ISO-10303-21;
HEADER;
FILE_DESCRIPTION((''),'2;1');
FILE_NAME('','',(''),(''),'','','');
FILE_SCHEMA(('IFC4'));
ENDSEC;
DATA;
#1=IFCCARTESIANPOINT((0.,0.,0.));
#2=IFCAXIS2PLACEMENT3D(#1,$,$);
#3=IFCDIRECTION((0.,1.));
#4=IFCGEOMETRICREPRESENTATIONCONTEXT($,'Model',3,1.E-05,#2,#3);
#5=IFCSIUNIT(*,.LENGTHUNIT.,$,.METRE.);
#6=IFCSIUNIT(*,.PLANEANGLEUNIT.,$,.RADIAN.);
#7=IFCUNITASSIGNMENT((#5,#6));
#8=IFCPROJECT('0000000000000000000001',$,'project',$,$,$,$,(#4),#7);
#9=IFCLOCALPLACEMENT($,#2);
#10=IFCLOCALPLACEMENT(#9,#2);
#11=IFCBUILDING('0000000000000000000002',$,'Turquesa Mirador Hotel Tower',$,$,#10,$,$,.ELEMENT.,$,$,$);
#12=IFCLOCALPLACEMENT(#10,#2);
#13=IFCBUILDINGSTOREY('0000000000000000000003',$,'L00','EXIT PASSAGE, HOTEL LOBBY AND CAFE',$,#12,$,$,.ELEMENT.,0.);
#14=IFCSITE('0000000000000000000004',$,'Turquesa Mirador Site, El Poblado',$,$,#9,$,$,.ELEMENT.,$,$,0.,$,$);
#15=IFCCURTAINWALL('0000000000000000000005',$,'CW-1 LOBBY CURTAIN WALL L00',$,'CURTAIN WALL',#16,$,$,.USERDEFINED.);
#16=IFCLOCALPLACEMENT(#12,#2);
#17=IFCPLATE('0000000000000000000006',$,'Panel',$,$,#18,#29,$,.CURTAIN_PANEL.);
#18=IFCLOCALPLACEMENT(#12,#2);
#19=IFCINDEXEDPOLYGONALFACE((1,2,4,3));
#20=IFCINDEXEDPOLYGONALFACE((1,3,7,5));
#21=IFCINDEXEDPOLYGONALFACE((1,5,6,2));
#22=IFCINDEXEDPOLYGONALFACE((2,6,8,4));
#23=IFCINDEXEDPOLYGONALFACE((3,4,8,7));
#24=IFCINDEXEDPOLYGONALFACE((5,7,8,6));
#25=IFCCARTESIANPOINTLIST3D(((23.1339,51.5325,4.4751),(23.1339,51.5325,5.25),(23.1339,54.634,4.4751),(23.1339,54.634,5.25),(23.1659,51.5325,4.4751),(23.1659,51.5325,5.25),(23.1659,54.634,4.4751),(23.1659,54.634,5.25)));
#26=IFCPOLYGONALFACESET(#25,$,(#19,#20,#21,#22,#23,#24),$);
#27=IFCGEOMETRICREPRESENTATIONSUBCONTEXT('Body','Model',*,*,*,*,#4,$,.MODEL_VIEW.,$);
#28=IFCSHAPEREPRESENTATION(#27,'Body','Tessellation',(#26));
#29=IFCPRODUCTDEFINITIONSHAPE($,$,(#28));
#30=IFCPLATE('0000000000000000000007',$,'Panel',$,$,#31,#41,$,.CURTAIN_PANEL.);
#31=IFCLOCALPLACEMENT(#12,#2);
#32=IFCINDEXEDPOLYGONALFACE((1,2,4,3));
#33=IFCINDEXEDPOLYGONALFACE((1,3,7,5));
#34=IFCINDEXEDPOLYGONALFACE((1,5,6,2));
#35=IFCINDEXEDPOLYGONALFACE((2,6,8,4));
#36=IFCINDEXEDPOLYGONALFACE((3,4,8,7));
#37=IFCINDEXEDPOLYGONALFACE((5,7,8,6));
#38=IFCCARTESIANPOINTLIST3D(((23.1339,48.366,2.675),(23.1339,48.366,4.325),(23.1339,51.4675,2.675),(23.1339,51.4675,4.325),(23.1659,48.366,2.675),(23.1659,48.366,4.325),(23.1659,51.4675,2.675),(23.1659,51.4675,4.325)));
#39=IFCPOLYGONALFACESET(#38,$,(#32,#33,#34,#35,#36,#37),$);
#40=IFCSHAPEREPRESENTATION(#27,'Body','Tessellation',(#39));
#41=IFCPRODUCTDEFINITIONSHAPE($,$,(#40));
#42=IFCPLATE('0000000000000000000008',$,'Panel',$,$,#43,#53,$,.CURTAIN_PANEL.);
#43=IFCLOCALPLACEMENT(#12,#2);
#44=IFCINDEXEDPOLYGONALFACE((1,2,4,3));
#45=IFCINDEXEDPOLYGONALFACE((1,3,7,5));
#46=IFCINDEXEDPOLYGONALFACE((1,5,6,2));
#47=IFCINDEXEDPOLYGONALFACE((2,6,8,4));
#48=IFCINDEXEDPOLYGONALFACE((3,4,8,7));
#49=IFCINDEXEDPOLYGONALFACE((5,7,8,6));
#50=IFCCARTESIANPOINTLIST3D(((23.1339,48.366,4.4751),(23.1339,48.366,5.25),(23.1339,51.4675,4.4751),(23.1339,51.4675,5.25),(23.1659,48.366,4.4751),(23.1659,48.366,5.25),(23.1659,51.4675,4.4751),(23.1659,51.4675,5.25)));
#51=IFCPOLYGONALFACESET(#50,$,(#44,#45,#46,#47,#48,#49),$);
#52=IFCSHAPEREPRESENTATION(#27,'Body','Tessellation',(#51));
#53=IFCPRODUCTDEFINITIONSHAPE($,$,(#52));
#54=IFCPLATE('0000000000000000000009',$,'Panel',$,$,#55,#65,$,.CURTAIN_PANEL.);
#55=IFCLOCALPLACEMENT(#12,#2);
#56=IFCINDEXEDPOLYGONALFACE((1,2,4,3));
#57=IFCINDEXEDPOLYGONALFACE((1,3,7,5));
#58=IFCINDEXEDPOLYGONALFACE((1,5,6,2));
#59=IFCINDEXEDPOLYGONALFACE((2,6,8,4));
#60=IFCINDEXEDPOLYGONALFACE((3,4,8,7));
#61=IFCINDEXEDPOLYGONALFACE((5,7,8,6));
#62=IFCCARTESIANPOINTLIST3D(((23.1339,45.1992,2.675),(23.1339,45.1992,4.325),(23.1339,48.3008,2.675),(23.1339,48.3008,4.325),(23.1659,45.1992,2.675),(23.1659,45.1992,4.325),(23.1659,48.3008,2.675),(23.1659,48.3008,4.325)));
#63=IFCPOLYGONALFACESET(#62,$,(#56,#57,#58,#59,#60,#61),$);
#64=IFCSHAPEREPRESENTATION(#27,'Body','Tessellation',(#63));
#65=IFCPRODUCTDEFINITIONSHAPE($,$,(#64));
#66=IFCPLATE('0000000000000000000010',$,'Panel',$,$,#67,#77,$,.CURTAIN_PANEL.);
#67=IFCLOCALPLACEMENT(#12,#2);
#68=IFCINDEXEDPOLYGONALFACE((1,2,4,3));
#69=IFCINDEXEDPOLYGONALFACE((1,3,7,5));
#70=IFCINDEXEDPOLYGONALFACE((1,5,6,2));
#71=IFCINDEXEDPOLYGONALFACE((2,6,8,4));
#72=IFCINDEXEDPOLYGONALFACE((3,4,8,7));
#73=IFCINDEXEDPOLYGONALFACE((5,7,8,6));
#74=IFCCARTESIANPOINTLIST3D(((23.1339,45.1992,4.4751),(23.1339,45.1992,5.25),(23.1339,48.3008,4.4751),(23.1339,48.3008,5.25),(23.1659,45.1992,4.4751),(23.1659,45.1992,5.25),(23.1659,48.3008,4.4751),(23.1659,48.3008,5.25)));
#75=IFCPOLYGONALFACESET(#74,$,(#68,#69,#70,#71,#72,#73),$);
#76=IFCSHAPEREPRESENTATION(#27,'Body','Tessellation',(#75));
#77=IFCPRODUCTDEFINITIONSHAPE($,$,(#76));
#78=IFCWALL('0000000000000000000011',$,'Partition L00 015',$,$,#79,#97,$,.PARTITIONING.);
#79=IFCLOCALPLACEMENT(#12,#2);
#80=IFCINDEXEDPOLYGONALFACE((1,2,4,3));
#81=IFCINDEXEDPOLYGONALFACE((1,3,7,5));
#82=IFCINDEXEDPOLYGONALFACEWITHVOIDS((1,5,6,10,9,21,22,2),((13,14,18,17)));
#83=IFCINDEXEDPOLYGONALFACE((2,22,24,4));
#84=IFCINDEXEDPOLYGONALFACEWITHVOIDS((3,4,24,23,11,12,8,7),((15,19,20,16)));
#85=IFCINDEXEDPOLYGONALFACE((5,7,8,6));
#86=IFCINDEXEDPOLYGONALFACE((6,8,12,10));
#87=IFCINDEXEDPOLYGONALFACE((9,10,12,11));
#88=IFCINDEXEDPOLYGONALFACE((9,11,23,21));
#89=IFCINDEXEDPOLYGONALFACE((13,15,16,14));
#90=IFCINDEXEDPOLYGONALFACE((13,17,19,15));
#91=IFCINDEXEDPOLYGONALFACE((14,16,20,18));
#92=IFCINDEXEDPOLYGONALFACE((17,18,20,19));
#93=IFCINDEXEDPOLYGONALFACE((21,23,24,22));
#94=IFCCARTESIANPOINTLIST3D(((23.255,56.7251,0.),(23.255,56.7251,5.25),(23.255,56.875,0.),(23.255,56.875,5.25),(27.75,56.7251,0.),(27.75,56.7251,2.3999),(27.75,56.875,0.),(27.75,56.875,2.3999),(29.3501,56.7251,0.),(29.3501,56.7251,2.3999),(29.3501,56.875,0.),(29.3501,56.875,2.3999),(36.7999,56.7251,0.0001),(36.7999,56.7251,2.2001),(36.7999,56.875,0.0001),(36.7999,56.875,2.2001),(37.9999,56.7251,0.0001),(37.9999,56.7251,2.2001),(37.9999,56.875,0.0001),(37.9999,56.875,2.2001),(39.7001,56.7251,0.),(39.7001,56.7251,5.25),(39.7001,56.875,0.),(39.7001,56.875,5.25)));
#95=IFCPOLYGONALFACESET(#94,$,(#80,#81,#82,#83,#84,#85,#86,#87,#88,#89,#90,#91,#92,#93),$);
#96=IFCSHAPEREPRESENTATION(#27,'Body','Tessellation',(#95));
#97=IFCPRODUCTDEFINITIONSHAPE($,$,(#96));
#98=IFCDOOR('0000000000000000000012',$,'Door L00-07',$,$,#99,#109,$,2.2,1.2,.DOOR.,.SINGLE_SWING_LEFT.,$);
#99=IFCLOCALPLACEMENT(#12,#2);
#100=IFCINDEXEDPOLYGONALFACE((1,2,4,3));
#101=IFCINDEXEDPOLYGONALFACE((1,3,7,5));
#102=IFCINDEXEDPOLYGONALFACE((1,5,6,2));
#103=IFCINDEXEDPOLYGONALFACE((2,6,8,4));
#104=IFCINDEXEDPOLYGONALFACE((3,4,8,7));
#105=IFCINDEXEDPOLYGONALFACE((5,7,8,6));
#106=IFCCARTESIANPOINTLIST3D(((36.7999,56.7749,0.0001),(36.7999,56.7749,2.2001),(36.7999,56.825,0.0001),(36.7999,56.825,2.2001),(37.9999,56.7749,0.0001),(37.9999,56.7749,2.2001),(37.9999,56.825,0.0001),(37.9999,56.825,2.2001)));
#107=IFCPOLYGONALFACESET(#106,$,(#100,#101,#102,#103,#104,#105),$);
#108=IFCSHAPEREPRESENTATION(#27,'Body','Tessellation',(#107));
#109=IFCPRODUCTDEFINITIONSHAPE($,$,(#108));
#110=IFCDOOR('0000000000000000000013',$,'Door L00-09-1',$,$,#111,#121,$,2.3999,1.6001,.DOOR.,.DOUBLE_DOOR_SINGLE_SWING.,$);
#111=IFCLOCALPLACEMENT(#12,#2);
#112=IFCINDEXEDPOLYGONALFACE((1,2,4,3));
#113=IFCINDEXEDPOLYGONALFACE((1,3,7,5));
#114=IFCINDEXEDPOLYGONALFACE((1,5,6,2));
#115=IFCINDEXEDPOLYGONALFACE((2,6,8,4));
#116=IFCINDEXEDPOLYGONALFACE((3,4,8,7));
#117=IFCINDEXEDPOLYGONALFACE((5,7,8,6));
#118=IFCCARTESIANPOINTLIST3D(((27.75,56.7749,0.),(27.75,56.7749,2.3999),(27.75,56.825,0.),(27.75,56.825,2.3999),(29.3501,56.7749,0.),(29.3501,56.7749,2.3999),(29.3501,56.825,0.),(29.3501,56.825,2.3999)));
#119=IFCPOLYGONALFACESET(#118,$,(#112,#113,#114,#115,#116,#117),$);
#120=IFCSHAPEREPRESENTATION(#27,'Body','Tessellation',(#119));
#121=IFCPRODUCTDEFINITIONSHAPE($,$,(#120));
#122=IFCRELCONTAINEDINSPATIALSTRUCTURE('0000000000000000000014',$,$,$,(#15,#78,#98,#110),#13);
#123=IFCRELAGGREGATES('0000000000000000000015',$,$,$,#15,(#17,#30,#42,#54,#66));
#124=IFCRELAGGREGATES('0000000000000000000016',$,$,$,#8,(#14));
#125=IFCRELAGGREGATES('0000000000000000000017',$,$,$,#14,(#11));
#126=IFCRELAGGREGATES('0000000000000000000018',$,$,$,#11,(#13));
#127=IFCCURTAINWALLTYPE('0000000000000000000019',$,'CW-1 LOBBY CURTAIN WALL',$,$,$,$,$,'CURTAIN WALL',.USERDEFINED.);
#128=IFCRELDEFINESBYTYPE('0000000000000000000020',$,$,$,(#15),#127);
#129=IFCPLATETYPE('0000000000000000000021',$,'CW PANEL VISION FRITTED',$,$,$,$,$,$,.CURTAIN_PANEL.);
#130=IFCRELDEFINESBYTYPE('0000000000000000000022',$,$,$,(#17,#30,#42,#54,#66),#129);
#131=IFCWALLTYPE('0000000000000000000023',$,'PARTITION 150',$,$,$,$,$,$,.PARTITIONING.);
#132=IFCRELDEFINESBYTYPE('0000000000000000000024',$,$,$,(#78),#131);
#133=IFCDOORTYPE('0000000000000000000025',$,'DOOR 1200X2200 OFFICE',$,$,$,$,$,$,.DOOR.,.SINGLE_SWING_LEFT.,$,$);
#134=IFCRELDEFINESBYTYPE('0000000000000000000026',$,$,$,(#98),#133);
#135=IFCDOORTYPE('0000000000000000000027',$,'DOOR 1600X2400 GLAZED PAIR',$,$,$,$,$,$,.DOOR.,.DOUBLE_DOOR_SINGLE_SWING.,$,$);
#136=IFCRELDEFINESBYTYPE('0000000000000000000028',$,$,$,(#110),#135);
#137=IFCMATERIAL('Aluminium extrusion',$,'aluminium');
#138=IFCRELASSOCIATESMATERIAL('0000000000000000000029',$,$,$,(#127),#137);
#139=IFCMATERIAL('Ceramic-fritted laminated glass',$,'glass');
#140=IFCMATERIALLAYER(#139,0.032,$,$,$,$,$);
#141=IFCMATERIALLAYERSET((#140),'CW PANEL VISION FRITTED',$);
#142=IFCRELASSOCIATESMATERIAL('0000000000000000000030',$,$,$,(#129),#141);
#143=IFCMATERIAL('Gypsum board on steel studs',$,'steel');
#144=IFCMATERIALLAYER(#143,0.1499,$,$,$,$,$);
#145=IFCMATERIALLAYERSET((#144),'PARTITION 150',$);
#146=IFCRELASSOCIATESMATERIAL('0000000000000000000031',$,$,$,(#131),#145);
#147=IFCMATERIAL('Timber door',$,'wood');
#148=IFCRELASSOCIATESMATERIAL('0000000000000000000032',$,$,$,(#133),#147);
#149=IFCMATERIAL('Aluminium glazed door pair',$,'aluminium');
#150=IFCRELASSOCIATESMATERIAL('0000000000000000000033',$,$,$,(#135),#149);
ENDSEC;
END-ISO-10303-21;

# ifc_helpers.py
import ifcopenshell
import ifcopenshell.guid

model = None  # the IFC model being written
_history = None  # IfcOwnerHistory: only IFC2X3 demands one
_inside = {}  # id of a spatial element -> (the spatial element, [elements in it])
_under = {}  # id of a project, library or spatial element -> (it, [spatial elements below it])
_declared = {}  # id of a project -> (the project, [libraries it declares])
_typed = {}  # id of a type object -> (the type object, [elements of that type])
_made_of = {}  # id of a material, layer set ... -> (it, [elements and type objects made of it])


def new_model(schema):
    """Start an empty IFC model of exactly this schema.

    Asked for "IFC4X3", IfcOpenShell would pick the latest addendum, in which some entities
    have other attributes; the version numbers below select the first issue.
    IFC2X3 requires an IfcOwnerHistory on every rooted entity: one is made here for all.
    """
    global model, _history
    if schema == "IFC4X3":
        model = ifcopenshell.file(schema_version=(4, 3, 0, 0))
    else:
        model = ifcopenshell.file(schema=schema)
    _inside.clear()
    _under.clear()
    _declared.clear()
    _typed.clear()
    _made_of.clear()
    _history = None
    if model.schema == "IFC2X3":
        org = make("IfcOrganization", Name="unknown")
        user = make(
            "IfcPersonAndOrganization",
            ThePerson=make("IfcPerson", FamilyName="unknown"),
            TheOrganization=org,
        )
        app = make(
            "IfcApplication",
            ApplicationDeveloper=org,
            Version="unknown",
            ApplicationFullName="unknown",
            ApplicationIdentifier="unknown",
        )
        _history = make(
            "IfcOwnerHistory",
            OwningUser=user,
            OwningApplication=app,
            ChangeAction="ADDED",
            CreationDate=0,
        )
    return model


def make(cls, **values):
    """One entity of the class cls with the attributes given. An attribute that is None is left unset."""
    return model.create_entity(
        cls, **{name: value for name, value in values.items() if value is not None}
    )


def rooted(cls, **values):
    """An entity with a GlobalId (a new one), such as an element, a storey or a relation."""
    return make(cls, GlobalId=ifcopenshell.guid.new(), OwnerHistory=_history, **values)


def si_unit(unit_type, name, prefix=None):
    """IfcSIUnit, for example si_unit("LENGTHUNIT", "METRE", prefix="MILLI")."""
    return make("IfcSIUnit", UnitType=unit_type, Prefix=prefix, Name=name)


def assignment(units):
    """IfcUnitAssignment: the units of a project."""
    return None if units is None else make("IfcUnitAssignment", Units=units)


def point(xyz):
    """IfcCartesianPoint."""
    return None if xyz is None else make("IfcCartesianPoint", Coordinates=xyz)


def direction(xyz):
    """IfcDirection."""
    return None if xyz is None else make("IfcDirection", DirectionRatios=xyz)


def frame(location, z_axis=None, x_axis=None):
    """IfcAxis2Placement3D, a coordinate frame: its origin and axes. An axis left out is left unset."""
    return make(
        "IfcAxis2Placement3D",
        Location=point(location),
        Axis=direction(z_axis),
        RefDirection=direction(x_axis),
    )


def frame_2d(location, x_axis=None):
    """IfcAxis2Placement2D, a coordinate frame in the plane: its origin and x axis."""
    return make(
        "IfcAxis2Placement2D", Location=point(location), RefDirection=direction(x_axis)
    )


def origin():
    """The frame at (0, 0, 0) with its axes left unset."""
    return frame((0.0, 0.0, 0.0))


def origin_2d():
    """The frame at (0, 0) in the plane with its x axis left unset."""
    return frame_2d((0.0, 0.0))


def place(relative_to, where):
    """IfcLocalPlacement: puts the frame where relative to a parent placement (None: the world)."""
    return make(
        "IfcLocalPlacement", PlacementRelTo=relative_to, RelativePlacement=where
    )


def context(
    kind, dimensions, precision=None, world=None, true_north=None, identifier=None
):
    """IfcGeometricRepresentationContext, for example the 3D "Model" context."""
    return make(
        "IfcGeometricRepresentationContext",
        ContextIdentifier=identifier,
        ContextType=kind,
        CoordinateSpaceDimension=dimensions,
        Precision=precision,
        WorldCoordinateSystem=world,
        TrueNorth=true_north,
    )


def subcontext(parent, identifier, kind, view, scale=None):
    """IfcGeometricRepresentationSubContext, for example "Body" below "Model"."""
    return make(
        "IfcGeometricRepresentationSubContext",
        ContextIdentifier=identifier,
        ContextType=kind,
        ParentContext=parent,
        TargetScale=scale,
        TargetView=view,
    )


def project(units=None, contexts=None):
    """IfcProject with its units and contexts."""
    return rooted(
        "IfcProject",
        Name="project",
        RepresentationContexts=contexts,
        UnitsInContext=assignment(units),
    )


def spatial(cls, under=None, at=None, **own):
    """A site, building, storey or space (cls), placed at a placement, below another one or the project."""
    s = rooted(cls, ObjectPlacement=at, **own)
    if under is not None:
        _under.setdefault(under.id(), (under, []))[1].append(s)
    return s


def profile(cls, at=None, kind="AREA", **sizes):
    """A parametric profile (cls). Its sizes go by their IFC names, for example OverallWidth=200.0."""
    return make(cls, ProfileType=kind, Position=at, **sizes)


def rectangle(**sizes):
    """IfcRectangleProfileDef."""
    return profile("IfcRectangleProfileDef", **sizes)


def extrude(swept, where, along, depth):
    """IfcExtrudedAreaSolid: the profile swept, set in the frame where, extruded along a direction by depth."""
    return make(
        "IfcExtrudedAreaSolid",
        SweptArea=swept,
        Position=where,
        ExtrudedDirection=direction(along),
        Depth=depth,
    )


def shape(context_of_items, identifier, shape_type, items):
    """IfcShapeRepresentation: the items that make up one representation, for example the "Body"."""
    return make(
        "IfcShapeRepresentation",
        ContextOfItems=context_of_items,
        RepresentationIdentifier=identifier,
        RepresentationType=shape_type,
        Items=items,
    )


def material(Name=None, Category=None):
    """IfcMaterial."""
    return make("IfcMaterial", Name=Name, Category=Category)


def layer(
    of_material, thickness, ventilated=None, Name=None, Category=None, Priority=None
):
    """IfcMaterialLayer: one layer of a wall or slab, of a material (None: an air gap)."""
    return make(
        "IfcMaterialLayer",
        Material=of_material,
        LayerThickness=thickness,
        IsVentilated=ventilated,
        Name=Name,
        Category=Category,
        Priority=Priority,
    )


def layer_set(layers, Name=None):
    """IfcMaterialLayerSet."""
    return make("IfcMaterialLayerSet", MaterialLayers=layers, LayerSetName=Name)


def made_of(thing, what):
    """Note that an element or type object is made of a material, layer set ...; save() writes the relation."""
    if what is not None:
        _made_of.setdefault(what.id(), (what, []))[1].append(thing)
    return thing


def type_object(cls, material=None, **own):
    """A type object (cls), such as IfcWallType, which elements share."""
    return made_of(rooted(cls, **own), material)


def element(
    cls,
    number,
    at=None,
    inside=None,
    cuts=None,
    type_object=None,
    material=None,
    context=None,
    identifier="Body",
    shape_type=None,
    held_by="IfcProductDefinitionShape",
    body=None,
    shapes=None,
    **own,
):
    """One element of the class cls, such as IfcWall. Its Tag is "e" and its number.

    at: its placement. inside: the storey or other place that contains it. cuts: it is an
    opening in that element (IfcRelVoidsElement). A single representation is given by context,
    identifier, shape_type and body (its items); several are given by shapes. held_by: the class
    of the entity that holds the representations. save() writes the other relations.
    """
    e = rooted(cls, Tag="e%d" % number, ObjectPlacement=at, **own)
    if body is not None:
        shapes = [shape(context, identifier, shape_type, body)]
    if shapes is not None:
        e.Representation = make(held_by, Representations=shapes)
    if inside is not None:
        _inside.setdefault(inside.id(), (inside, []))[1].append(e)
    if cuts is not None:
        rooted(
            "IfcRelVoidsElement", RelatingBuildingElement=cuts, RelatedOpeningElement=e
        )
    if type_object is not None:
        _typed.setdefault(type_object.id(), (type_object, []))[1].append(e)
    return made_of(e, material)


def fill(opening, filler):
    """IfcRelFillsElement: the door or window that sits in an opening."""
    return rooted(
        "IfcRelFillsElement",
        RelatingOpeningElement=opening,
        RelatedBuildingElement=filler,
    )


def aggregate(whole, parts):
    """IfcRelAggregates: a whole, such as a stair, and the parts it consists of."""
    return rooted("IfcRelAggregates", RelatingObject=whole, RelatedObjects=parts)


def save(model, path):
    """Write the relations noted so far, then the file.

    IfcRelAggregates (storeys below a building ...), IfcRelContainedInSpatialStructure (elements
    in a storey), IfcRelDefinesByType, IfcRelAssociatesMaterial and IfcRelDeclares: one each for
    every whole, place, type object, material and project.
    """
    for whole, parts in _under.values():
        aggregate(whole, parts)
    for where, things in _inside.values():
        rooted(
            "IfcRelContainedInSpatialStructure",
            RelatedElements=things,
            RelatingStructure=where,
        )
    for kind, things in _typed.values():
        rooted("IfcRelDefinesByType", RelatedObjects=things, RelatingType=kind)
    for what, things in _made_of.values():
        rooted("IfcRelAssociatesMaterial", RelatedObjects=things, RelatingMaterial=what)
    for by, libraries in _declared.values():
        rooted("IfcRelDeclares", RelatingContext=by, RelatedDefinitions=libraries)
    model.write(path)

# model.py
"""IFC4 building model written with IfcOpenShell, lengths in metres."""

from ifc_helpers import new_model, si_unit, direction, frame, frame_2d, origin, origin_2d, place, context, subcontext, project, spatial, rectangle, extrude, material, layer, layer_set, type_object, element, fill, aggregate, save


model = new_model("IFC4")

# Units and contexts
model_context = context("Model", 3, precision=1e-05, world=origin(), true_north=direction((0.0, 1.0)))
body_context = subcontext(model_context, "Body", "Model", "MODEL_VIEW")
ifc_project = project(units=[si_unit("LENGTHUNIT", "METRE"), si_unit("PLANEANGLEUNIT", "RADIAN")], contexts=[model_context])

# Site, building, storey
site_placement = place(None, origin())
site = spatial("IfcSite", under=ifc_project, at=site_placement, Name="Turquesa Mirador Site, El Poblado", CompositionType="ELEMENT", RefElevation=0.0)
building_placement = place(site_placement, origin())
building = spatial("IfcBuilding", under=site, at=building_placement, Name="Turquesa Mirador Hotel Tower", CompositionType="ELEMENT")
storey_placement = place(building_placement, origin())
storey = spatial("IfcBuildingStorey", under=building, at=storey_placement, Name="L00", Description="EXIT PASSAGE, HOTEL LOBBY AND CAFE", CompositionType="ELEMENT", Elevation=0.0)

# Curtain wall, plates
ifc_material_1 = material(Name="Aluminium extrusion", Category="aluminium")
curtain_wall_type = type_object("IfcCurtainWallType", Name="CW-1 LOBBY CURTAIN WALL", ElementType="CURTAIN WALL", PredefinedType="USERDEFINED", material=ifc_material_1)
curtain_wall_placement = place(storey_placement, origin())
curtain_wall = element("IfcCurtainWall", 1, at=curtain_wall_placement, inside=storey, type_object=curtain_wall_type, Name="CW-1 LOBBY CURTAIN WALL L00", ObjectType="CURTAIN WALL", PredefinedType="USERDEFINED")
ifc_material_2 = material(Name="Ceramic-fritted laminated glass", Category="glass")
ifc_layer_1 = layer(ifc_material_2, 0.032)
ifc_layer_set_1 = layer_set([ifc_layer_1], Name="CW PANEL VISION FRITTED")
plate_type_1 = type_object("IfcPlateType", Name="CW PANEL VISION FRITTED", PredefinedType="CURTAIN_PANEL", material=ifc_layer_set_1)
plate_1_placement = place(storey_placement, frame((23.1499, 53.0833, 4.4751), z_axis=(0.0, 0.0, 1.0), x_axis=(0.0, -1.0, 0.0)))
plate_1 = element("IfcPlate", 2, at=plate_1_placement, type_object=plate_type_1, Name="Panel", PredefinedType="CURTAIN_PANEL", context=body_context, shape_type="SweptSolid", body=[
    extrude(rectangle(XDim=3.1016, YDim=0.032, at=origin_2d()), origin(), (0.0, 0.0, 1.0), 0.7749),
])
plate_2_placement = place(storey_placement, frame((23.1499, 49.9167, 2.675), z_axis=(0.0, 0.0, 1.0), x_axis=(0.0, -1.0, 0.0)))
plate_2 = element("IfcPlate", 3, at=plate_2_placement, type_object=plate_type_1, Name="Panel", PredefinedType="CURTAIN_PANEL", context=body_context, shape_type="SweptSolid", body=[
    extrude(rectangle(XDim=3.1016, YDim=0.032, at=origin_2d()), origin(), (0.0, 0.0, 1.0), 1.6499),
])
plate_3_placement = place(storey_placement, frame((23.1499, 49.9167, 4.4751), z_axis=(0.0, 0.0, 1.0), x_axis=(0.0, -1.0, 0.0)))
plate_3 = element("IfcPlate", 4, at=plate_3_placement, type_object=plate_type_1, Name="Panel", PredefinedType="CURTAIN_PANEL", context=body_context, shape_type="SweptSolid", body=[
    extrude(rectangle(XDim=3.1016, YDim=0.032, at=origin_2d()), origin(), (0.0, 0.0, 1.0), 0.7749),
])
plate_4_placement = place(storey_placement, frame((23.1499, 46.75, 2.675), z_axis=(0.0, 0.0, 1.0), x_axis=(0.0, -1.0, 0.0)))
plate_4 = element("IfcPlate", 5, at=plate_4_placement, type_object=plate_type_1, Name="Panel", PredefinedType="CURTAIN_PANEL", context=body_context, shape_type="SweptSolid", body=[
    extrude(rectangle(XDim=3.1016, YDim=0.032, at=origin_2d()), origin(), (0.0, 0.0, 1.0), 1.6499),
])
plate_5_placement = place(storey_placement, frame((23.1499, 46.75, 4.4751), z_axis=(0.0, 0.0, 1.0), x_axis=(0.0, -1.0, 0.0)))
plate_5 = element("IfcPlate", 6, at=plate_5_placement, type_object=plate_type_1, Name="Panel", PredefinedType="CURTAIN_PANEL", context=body_context, shape_type="SweptSolid", body=[
    extrude(rectangle(XDim=3.1016, YDim=0.032, at=origin_2d()), origin(), (0.0, 0.0, 1.0), 0.7749),
])
aggregate(curtain_wall, [plate_1, plate_2, plate_3, plate_4, plate_5])

# Wall, openings, doors
ifc_material_3 = material(Name="Gypsum board on steel studs", Category="steel")
ifc_layer_2 = layer(ifc_material_3, 0.1499)
ifc_layer_set_2 = layer_set([ifc_layer_2], Name="PARTITION 150")
wall_type = type_object("IfcWallType", Name="PARTITION 150", PredefinedType="PARTITIONING", material=ifc_layer_set_2)
wall_placement = place(storey_placement, frame((23.2549, 56.8, 0.0), z_axis=(0.0, 0.0, 1.0), x_axis=(1.0, 0.0, 0.0)))
wall = element("IfcWall", 7, at=wall_placement, inside=storey, type_object=wall_type, Name="Partition L00 015", PredefinedType="PARTITIONING", context=body_context, shape_type="SweptSolid", body=[
    extrude(rectangle(XDim=16.4451, YDim=0.1499, at=frame_2d((8.2227, 0.0))), origin(), (0.0, 0.0, 1.0), 5.25),
])
opening_1_placement = place(wall_placement, frame((13.5449, 0.0, 0.0)))
opening_1 = element("IfcOpeningElement", 8, at=opening_1_placement, cuts=wall, PredefinedType="OPENING", context=body_context, shape_type="SweptSolid", body=[
    extrude(rectangle(XDim=1.2, YDim=2.2, at=frame_2d((0.6001, 1.1001))), frame((0.0, 0.085, 0.0), z_axis=(0.0, -1.0, 0.0), x_axis=(1.0, 0.0, 0.0)), (0.0, 0.0, 1.0), 0.1699),
])
opening_2_placement = place(wall_placement, frame((4.4951, 0.0, 0.0)))
opening_2 = element("IfcOpeningElement", 9, at=opening_2_placement, cuts=wall, PredefinedType="OPENING", context=body_context, shape_type="SweptSolid", body=[
    extrude(rectangle(XDim=1.6001, YDim=2.3999, at=frame_2d((0.8, 1.2))), frame((0.0, 0.085, 0.0), z_axis=(0.0, -1.0, 0.0), x_axis=(1.0, 0.0, 0.0)), (0.0, 0.0, 1.0), 0.1699),
])
ifc_material_4 = material(Name="Timber door", Category="wood")
door_type_1 = type_object("IfcDoorType", Name="DOOR 1200X2200 OFFICE", OperationType="SINGLE_SWING_LEFT", PredefinedType="DOOR", material=ifc_material_4)
door_1_placement = place(opening_1_placement, origin())
door_1 = element("IfcDoor", 10, at=door_1_placement, inside=storey, type_object=door_type_1, Name="Door L00-07", OperationType="SINGLE_SWING_LEFT", OverallHeight=2.2, OverallWidth=1.2, PredefinedType="DOOR", context=body_context, shape_type="SweptSolid", body=[
    extrude(rectangle(XDim=1.2, YDim=2.2, at=frame_2d((0.6001, 1.1001))), frame((0.0, 0.0249, 0.0), z_axis=(0.0, -1.0, 0.0), x_axis=(1.0, 0.0, 0.0)), (0.0, 0.0, 1.0), 0.05),
])
fill(opening_1, door_1)
ifc_material_5 = material(Name="Aluminium glazed door pair", Category="aluminium")
door_type_2 = type_object("IfcDoorType", Name="DOOR 1600X2400 GLAZED PAIR", OperationType="DOUBLE_DOOR_SINGLE_SWING", PredefinedType="DOOR", material=ifc_material_5)
door_2_placement = place(opening_2_placement, origin())
door_2 = element("IfcDoor", 11, at=door_2_placement, inside=storey, type_object=door_type_2, Name="Door L00-09-1", OperationType="DOUBLE_DOOR_SINGLE_SWING", OverallHeight=2.3999, OverallWidth=1.6001, PredefinedType="DOOR", context=body_context, shape_type="SweptSolid", body=[
    extrude(rectangle(XDim=1.6001, YDim=2.3999, at=frame_2d((0.8, 1.2))), frame((0.0, 0.0249, 0.0), z_axis=(0.0, -1.0, 0.0), x_axis=(1.0, 0.0, 0.0)), (0.0, 0.0, 1.0), 0.05),
])
fill(opening_2, door_2)

save(model, "model.ifc")
